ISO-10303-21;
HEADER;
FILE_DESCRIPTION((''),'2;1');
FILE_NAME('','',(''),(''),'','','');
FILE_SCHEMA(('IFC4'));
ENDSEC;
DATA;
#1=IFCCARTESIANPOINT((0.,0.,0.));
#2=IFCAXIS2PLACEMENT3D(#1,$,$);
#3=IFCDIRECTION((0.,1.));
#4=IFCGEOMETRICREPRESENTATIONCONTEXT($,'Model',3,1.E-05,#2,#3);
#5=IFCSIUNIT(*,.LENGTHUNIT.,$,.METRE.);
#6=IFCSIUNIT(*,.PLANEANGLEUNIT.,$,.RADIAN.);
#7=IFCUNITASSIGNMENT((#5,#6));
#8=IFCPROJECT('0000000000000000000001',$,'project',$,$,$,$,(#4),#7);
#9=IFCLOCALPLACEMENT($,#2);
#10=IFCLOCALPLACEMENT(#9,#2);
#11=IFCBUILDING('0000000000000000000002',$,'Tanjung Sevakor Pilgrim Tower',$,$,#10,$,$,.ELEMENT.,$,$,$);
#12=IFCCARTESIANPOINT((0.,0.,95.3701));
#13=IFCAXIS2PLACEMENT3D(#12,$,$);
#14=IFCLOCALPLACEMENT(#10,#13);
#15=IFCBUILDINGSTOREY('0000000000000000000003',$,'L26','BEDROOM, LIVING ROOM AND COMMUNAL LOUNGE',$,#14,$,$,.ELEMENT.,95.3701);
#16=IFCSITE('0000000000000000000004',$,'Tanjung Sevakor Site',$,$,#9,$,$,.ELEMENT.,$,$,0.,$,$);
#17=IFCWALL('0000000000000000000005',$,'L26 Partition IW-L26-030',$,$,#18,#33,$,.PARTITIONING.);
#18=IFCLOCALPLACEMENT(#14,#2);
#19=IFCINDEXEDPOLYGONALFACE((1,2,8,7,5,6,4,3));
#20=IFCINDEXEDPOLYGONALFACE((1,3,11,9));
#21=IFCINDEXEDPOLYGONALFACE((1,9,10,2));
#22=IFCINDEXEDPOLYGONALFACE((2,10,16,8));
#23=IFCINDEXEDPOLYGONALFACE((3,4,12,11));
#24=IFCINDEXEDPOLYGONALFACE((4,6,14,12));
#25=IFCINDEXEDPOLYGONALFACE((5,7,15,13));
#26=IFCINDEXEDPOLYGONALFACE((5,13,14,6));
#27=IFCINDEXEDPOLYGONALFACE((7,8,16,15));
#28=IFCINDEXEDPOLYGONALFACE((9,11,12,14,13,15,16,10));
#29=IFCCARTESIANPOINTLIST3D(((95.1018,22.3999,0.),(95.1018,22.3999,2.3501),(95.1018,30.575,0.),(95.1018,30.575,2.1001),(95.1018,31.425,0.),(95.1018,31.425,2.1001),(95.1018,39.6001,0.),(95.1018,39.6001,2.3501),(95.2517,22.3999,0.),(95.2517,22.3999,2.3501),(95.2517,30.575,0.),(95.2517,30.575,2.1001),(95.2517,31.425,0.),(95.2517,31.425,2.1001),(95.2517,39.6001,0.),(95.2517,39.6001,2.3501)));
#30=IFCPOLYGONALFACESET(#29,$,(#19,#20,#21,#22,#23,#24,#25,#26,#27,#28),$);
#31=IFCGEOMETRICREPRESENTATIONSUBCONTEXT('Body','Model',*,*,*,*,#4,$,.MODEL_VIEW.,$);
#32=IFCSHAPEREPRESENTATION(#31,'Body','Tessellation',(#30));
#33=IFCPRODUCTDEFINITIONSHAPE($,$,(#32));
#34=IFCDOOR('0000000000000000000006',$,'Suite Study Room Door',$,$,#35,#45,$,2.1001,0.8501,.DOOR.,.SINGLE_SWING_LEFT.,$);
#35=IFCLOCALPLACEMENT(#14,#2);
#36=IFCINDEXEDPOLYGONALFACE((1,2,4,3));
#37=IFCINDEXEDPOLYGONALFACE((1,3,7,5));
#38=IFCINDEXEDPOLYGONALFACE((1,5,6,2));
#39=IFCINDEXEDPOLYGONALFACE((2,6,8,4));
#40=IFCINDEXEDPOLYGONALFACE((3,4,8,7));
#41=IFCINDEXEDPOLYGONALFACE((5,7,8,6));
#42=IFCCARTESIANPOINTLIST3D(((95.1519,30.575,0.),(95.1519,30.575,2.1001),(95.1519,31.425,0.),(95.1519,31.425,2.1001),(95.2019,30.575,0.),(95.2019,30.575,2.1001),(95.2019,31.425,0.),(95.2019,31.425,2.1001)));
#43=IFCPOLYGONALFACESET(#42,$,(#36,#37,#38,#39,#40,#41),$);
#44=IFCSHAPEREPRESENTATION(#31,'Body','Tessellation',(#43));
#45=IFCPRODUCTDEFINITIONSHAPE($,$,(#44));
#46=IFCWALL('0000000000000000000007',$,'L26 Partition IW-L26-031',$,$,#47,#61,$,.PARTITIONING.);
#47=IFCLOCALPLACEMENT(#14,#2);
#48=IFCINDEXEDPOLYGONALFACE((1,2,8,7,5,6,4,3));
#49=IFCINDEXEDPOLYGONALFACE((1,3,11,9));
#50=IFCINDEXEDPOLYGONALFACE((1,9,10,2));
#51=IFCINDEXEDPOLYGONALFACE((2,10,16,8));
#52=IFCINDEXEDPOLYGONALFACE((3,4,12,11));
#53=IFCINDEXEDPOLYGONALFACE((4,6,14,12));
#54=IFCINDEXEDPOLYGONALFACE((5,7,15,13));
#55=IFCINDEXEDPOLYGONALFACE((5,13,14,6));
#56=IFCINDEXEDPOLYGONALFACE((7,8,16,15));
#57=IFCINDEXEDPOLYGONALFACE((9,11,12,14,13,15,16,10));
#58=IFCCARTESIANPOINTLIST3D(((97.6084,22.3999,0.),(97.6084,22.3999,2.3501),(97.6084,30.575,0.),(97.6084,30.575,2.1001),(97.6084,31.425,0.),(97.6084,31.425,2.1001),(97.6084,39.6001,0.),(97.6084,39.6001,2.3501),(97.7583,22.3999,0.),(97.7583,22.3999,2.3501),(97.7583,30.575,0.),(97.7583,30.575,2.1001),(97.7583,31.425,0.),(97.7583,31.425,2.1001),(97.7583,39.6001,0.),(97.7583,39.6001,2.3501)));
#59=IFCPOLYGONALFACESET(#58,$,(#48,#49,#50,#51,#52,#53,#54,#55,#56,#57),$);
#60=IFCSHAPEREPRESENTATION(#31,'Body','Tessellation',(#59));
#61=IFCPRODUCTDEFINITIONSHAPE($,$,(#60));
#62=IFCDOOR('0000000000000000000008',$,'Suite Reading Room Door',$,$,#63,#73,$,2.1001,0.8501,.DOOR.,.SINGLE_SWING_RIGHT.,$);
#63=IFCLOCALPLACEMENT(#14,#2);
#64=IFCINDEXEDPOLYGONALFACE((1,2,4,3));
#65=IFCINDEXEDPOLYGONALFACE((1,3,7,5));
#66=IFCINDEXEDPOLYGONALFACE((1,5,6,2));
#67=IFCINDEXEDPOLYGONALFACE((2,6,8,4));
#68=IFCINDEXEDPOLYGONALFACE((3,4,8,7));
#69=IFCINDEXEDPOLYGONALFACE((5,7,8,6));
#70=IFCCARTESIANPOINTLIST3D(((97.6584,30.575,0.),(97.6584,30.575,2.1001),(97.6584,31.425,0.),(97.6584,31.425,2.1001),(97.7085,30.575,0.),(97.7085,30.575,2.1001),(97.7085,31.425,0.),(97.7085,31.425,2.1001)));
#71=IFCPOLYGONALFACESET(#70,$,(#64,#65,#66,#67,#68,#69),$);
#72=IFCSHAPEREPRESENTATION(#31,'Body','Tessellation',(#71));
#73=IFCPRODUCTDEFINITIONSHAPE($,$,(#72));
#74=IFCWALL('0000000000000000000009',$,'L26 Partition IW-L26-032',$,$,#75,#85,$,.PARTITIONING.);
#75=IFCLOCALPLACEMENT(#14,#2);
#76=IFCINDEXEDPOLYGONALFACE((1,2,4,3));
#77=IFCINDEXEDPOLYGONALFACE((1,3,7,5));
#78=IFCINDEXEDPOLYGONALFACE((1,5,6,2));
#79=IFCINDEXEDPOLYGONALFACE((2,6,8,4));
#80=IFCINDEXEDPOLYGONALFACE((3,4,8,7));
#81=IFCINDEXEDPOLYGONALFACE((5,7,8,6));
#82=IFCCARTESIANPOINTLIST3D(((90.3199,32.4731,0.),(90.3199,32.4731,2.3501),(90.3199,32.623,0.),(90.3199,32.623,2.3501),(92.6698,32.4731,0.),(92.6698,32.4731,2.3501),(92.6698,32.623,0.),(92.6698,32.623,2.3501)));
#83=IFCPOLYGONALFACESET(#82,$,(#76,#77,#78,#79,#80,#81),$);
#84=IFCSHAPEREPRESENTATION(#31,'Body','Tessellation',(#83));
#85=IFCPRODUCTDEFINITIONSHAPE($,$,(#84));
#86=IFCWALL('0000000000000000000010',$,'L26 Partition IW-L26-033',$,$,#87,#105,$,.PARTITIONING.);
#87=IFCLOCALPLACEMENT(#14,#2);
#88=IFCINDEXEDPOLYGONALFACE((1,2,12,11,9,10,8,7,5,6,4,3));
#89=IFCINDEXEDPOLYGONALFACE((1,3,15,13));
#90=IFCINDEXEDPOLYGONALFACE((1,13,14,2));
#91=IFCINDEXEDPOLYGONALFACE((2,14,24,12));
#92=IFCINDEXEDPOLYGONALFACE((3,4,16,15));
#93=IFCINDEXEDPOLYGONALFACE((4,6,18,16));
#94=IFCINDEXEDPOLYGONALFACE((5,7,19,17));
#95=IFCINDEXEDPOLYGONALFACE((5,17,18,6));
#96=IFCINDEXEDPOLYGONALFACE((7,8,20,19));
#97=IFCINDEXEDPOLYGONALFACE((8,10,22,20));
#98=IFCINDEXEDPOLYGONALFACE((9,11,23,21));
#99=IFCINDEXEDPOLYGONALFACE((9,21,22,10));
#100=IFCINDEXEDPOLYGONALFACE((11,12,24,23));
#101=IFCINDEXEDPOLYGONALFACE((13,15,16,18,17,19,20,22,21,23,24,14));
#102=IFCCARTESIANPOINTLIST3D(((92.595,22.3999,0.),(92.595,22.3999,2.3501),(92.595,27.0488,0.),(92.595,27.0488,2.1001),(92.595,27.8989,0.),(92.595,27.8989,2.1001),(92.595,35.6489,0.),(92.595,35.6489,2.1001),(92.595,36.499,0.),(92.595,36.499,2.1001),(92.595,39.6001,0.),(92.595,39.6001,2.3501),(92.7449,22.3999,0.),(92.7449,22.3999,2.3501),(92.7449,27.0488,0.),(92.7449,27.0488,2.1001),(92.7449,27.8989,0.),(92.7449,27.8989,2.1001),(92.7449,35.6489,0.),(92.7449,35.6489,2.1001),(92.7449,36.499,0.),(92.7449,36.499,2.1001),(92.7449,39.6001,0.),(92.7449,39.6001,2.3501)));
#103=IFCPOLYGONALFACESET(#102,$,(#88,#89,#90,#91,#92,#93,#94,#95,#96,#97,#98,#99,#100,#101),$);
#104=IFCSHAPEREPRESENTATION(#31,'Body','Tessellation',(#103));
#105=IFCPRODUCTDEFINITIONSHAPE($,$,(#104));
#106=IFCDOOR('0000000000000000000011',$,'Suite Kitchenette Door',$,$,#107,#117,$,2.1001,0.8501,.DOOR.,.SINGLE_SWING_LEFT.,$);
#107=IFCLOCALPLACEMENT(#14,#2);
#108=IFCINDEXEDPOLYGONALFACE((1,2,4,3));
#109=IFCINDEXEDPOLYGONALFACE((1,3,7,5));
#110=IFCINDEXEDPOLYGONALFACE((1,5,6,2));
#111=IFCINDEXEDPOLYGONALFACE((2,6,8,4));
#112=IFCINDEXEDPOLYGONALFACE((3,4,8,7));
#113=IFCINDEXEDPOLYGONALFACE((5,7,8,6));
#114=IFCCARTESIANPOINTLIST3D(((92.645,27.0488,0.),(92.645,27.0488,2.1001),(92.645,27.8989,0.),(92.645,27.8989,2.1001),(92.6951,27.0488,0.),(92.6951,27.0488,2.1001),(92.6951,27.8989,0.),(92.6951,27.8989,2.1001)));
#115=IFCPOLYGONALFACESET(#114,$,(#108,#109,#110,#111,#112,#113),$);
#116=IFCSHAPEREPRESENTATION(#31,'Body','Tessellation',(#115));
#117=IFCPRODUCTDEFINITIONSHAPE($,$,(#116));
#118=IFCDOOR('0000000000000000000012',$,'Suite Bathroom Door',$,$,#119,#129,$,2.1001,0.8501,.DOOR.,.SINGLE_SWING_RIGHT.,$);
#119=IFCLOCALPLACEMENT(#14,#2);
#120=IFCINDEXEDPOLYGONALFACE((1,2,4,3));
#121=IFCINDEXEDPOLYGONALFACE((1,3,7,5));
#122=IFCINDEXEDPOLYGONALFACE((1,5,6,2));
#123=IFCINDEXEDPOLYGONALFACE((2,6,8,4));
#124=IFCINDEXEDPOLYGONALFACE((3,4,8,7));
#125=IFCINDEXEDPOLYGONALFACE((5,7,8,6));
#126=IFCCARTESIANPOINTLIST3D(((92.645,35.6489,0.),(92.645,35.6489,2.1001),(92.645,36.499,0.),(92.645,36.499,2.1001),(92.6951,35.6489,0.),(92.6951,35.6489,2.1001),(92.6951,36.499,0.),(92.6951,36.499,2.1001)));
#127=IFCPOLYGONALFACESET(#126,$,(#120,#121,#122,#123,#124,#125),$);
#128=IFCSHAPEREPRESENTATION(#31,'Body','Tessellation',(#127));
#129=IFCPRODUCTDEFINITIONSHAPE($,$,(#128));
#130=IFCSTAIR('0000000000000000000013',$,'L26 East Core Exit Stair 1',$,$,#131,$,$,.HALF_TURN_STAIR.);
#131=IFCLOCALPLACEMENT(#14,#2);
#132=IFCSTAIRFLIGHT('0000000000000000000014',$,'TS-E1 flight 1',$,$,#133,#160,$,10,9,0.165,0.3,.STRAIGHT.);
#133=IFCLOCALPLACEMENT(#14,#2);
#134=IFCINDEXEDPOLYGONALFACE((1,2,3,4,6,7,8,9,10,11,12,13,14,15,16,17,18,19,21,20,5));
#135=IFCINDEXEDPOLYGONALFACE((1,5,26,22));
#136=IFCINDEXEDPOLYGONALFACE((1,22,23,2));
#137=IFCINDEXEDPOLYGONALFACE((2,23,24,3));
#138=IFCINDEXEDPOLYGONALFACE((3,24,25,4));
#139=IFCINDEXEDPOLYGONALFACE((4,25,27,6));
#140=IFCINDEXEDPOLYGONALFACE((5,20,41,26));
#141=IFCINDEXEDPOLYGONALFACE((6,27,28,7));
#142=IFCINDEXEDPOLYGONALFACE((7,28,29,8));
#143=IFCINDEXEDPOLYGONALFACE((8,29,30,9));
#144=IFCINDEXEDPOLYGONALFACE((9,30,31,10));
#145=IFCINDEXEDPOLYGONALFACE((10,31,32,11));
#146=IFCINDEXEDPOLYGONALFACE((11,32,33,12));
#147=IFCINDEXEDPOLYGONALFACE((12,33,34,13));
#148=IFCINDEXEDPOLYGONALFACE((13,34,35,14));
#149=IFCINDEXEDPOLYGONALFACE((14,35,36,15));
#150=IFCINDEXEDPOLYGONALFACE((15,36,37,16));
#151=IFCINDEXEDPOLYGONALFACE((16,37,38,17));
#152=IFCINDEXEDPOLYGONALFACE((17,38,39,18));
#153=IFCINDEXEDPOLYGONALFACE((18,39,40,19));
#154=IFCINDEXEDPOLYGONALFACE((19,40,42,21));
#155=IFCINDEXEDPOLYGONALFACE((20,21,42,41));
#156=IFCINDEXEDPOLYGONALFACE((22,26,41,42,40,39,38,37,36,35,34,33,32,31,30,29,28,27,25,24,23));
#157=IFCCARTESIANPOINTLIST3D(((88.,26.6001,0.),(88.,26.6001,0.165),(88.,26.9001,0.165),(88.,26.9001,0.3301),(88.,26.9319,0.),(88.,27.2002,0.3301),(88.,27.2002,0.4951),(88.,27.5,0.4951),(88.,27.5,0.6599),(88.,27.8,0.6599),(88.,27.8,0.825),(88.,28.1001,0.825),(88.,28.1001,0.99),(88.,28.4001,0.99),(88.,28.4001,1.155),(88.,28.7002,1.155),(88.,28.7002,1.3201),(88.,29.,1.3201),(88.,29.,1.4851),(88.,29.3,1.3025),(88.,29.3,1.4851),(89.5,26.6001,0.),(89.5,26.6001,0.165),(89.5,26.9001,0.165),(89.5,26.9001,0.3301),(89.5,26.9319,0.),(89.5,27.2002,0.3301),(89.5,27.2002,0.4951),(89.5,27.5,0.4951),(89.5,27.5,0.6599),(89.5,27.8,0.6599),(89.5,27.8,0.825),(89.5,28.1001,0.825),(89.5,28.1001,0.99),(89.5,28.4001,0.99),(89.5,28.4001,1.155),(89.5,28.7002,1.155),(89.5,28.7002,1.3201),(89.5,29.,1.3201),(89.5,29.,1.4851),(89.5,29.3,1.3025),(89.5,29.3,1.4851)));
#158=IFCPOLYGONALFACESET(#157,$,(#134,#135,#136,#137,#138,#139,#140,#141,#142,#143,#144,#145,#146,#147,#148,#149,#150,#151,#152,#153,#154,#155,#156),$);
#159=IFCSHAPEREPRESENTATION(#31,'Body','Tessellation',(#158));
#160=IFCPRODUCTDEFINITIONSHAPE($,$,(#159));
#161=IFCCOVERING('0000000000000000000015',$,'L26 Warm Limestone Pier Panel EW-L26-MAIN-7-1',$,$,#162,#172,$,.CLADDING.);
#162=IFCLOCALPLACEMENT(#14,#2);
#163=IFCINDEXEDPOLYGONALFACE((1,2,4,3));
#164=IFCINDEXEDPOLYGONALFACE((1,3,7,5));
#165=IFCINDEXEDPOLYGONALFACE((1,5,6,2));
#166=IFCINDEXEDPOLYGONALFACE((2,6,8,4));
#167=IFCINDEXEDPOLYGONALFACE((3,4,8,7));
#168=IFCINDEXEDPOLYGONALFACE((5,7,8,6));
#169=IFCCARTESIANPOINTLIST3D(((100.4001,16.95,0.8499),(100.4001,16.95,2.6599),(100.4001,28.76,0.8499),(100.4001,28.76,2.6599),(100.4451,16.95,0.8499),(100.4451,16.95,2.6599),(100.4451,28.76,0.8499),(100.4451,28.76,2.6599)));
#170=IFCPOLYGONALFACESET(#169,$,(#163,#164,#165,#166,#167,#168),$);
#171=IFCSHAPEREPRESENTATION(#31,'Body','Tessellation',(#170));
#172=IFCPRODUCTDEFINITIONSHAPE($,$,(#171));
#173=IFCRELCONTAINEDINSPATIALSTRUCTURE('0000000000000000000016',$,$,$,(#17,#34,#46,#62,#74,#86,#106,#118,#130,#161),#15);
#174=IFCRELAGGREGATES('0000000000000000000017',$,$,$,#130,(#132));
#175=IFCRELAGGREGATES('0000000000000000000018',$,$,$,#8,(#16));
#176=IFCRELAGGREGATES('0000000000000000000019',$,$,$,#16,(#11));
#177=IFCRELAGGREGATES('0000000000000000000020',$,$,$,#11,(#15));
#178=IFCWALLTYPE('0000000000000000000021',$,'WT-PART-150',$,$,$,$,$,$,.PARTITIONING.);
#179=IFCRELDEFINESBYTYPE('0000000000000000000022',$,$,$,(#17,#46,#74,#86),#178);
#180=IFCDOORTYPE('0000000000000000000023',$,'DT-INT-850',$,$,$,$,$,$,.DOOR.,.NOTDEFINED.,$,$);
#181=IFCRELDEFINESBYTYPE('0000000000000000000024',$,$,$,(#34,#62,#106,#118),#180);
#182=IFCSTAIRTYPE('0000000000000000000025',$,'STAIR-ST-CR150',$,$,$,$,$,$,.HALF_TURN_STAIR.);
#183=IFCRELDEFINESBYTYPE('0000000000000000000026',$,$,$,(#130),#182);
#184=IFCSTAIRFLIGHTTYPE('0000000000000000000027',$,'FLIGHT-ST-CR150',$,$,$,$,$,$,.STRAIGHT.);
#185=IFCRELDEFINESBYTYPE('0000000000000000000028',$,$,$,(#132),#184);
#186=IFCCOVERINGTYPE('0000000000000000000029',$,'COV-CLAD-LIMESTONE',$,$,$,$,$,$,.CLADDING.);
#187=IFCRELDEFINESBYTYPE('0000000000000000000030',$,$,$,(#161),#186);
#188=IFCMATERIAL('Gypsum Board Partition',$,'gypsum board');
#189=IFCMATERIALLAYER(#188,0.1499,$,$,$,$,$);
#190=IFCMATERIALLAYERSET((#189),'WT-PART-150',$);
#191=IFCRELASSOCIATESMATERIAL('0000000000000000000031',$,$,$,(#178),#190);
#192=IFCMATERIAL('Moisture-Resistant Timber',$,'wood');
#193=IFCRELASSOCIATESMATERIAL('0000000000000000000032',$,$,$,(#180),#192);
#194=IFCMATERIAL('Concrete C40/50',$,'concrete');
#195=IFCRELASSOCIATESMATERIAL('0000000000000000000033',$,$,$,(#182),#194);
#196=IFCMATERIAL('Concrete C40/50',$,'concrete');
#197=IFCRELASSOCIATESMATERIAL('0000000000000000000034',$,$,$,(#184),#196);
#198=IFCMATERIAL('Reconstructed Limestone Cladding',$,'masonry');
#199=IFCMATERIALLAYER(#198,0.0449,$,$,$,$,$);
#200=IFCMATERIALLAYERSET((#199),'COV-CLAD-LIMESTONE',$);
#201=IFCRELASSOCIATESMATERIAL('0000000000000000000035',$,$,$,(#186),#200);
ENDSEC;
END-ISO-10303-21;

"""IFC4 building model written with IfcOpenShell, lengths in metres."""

from ifc_helpers import new_model, si_unit, direction, frame, frame_2d, origin, origin_2d, place, context, subcontext, project, spatial, polyline, rectangle, outline, extrude, material, layer, layer_set, type_object, element, fill, aggregate, save


model = new_model("IFC4")

# Units and contexts
model_context = context("Model", 3, precision=1e-05, world=origin(), true_north=direction((0.0, 1.0)))
body_context = subcontext(model_context, "Body", "Model", "MODEL_VIEW")
ifc_project = project(units=[si_unit("LENGTHUNIT", "METRE"), si_unit("PLANEANGLEUNIT", "RADIAN")], contexts=[model_context])

# Site, building, storey
site_placement = place(None, origin())
site = spatial("IfcSite", under=ifc_project, at=site_placement, Name="Tanjung Sevakor Site", CompositionType="ELEMENT", RefElevation=0.0)
building_placement = place(site_placement, origin())
building = spatial("IfcBuilding", under=site, at=building_placement, Name="Tanjung Sevakor Pilgrim Tower", CompositionType="ELEMENT")
storey_placement = place(building_placement, frame((0.0, 0.0, 95.3701)))
storey = spatial("IfcBuildingStorey", under=building, at=storey_placement, Name="L26", Description="BEDROOM, LIVING ROOM AND COMMUNAL LOUNGE", CompositionType="ELEMENT", Elevation=95.3701)

# Walls, openings, doors
ifc_material_1 = material(Name="Gypsum Board Partition", Category="gypsum board")
ifc_layer_1 = layer(ifc_material_1, 0.1499)
ifc_layer_set_1 = layer_set([ifc_layer_1], Name="WT-PART-150")
wall_type_1 = type_object("IfcWallType", Name="WT-PART-150", PredefinedType="PARTITIONING", material=ifc_layer_set_1)
wall_1_placement = place(storey_placement, frame((95.1768, 22.3999, 0.0), z_axis=(0.0, 0.0, 1.0), x_axis=(0.0, 1.0, 0.0)))
wall_1 = element("IfcWall", 1, at=wall_1_placement, inside=storey, type_object=wall_type_1, Name="L26 Partition IW-L26-030", PredefinedType="PARTITIONING", context=body_context, shape_type="SweptSolid", body=[
    extrude(rectangle(XDim=17.2002, YDim=0.1499, at=frame_2d((8.6001, 0.0))), origin(), (0.0, 0.0, 1.0), 2.3501),
])
opening_1_placement = place(wall_1_placement, frame((8.175, 0.0, 0.0)))
opening_1 = element("IfcOpeningElement", 2, at=opening_1_placement, cuts=wall_1, PredefinedType="OPENING", context=body_context, shape_type="SweptSolid", body=[
    extrude(rectangle(XDim=0.8501, YDim=2.1001, at=frame_2d((0.425, 1.05))), frame((0.0, 0.085, 0.0), z_axis=(0.0, -1.0, 0.0), x_axis=(1.0, 0.0, 0.0)), (0.0, 0.0, 1.0), 0.1699),
])
ifc_material_2 = material(Name="Moisture-Resistant Timber", Category="wood")
door_type_1 = type_object("IfcDoorType", Name="DT-INT-850", OperationType="NOTDEFINED", PredefinedType="DOOR", material=ifc_material_2)
door_1_placement = place(opening_1_placement, origin())
door_1 = element("IfcDoor", 3, at=door_1_placement, inside=storey, type_object=door_type_1, Name="Suite Study Room Door", OperationType="SINGLE_SWING_LEFT", OverallHeight=2.1001, OverallWidth=0.8501, PredefinedType="DOOR", context=body_context, shape_type="SweptSolid", body=[
    extrude(rectangle(XDim=0.8501, YDim=2.1001, at=frame_2d((0.425, 1.05))), frame((0.0, 0.0249, 0.0), z_axis=(0.0, -1.0, 0.0), x_axis=(1.0, 0.0, 0.0)), (0.0, 0.0, 1.0), 0.05),
])
fill(opening_1, door_1)
wall_2_placement = place(storey_placement, frame((97.6833, 22.3999, 0.0), z_axis=(0.0, 0.0, 1.0), x_axis=(0.0, 1.0, 0.0)))
wall_2 = element("IfcWall", 4, at=wall_2_placement, inside=storey, type_object=wall_type_1, Name="L26 Partition IW-L26-031", PredefinedType="PARTITIONING", context=body_context, shape_type="SweptSolid", body=[
    extrude(rectangle(XDim=17.2002, YDim=0.1499, at=frame_2d((8.6001, 0.0))), origin(), (0.0, 0.0, 1.0), 2.3501),
])
opening_2_placement = place(wall_2_placement, frame((8.175, 0.0, 0.0)))
opening_2 = element("IfcOpeningElement", 5, at=opening_2_placement, cuts=wall_2, PredefinedType="OPENING", context=body_context, shape_type="SweptSolid", body=[
    extrude(rectangle(XDim=0.8501, YDim=2.1001, at=frame_2d((0.425, 1.05))), frame((0.0, 0.085, 0.0), z_axis=(0.0, -1.0, 0.0), x_axis=(1.0, 0.0, 0.0)), (0.0, 0.0, 1.0), 0.1699),
])
door_2_placement = place(opening_2_placement, origin())
door_2 = element("IfcDoor", 6, at=door_2_placement, inside=storey, type_object=door_type_1, Name="Suite Reading Room Door", OperationType="SINGLE_SWING_RIGHT", OverallHeight=2.1001, OverallWidth=0.8501, PredefinedType="DOOR", context=body_context, shape_type="SweptSolid", body=[
    extrude(rectangle(XDim=0.8501, YDim=2.1001, at=frame_2d((0.425, 1.05))), frame((0.0, 0.0249, 0.0), z_axis=(0.0, -1.0, 0.0), x_axis=(1.0, 0.0, 0.0)), (0.0, 0.0, 1.0), 0.05),
])
fill(opening_2, door_2)

# Wall
wall_3_placement = place(storey_placement, frame((90.3201, 32.5481, 0.0), z_axis=(0.0, 0.0, 1.0), x_axis=(1.0, 0.0, 0.0)))
element("IfcWall", 7, at=wall_3_placement, inside=storey, type_object=wall_type_1, Name="L26 Partition IW-L26-032", PredefinedType="PARTITIONING", context=body_context, shape_type="SweptSolid", body=[
    extrude(rectangle(XDim=2.3499, YDim=0.1499, at=frame_2d((1.1748, 0.0))), origin(), (0.0, 0.0, 1.0), 2.3501),
])

# Wall, openings, doors
wall_4_placement = place(storey_placement, frame((92.6699, 22.3999, 0.0), z_axis=(0.0, 0.0, 1.0), x_axis=(0.0, 1.0, 0.0)))
wall_4 = element("IfcWall", 8, at=wall_4_placement, inside=storey, type_object=wall_type_1, Name="L26 Partition IW-L26-033", PredefinedType="PARTITIONING", context=body_context, shape_type="SweptSolid", body=[
    extrude(rectangle(XDim=17.2002, YDim=0.1499, at=frame_2d((8.6001, 0.0))), origin(), (0.0, 0.0, 1.0), 2.3501),
])
opening_3_placement = place(wall_4_placement, frame((4.6489, 0.0, 0.0)))
opening_3 = element("IfcOpeningElement", 9, at=opening_3_placement, cuts=wall_4, PredefinedType="OPENING", context=body_context, shape_type="SweptSolid", body=[
    extrude(rectangle(XDim=0.8501, YDim=2.1001, at=frame_2d((0.425, 1.05))), frame((0.0, 0.085, 0.0), z_axis=(0.0, -1.0, 0.0), x_axis=(1.0, 0.0, 0.0)), (0.0, 0.0, 1.0), 0.1699),
])
opening_4_placement = place(wall_4_placement, frame((13.249, 0.0, 0.0)))
opening_4 = element("IfcOpeningElement", 10, at=opening_4_placement, cuts=wall_4, PredefinedType="OPENING", context=body_context, shape_type="SweptSolid", body=[
    extrude(rectangle(XDim=0.8501, YDim=2.1001, at=frame_2d((0.425, 1.05))), frame((0.0, 0.085, 0.0), z_axis=(0.0, -1.0, 0.0), x_axis=(1.0, 0.0, 0.0)), (0.0, 0.0, 1.0), 0.1699),
])
door_3_placement = place(opening_3_placement, origin())
door_3 = element("IfcDoor", 11, at=door_3_placement, inside=storey, type_object=door_type_1, Name="Suite Kitchenette Door", OperationType="SINGLE_SWING_LEFT", OverallHeight=2.1001, OverallWidth=0.8501, PredefinedType="DOOR", context=body_context, shape_type="SweptSolid", body=[
    extrude(rectangle(XDim=0.8501, YDim=2.1001, at=frame_2d((0.425, 1.05))), frame((0.0, 0.0249, 0.0), z_axis=(0.0, -1.0, 0.0), x_axis=(1.0, 0.0, 0.0)), (0.0, 0.0, 1.0), 0.05),
])
fill(opening_3, door_3)
door_4_placement = place(opening_4_placement, origin())
door_4 = element("IfcDoor", 12, at=door_4_placement, inside=storey, type_object=door_type_1, Name="Suite Bathroom Door", OperationType="SINGLE_SWING_RIGHT", OverallHeight=2.1001, OverallWidth=0.8501, PredefinedType="DOOR", context=body_context, shape_type="SweptSolid", body=[
    extrude(rectangle(XDim=0.8501, YDim=2.1001, at=frame_2d((0.425, 1.05))), frame((0.0, 0.0249, 0.0), z_axis=(0.0, -1.0, 0.0), x_axis=(1.0, 0.0, 0.0)), (0.0, 0.0, 1.0), 0.05),
])
fill(opening_4, door_4)

# Stair, stair flight
ifc_material_3 = material(Name="Concrete C40/50", Category="concrete")
stair_type = type_object("IfcStairType", Name="STAIR-ST-CR150", PredefinedType="HALF_TURN_STAIR", material=ifc_material_3)
stair_placement = place(storey_placement, origin())
stair = element("IfcStair", 13, at=stair_placement, inside=storey, type_object=stair_type, Name="L26 East Core Exit Stair 1", PredefinedType="HALF_TURN_STAIR")
ifc_material_4 = material(Name="Concrete C40/50", Category="concrete")
stair_flight_type = type_object("IfcStairFlightType", Name="FLIGHT-ST-CR150", PredefinedType="STRAIGHT", material=ifc_material_4)
stair_flight_placement = place(storey_placement, frame((88.75, 26.6001, 0.0), z_axis=(0.0, 0.0, 1.0), x_axis=(0.0, 1.0, 0.0)))
stair_flight = element("IfcStairFlight", 14, at=stair_flight_placement, type_object=stair_flight_type, Name="TS-E1 flight 1", NumberOfRisers=10, NumberOfTreads=9, PredefinedType="STRAIGHT", RiserHeight=0.165, TreadLength=0.3, context=body_context, shape_type="SweptSolid", body=[
    extrude(outline(polyline([(0.0, 0.0), (0.0, 0.165), (0.3, 0.165), (0.3, 0.3301), (0.6001, 0.3301), (0.6001, 0.4951), (0.8999, 0.4951), (0.8999, 0.6599), (1.2, 0.6599), (1.2, 0.825), (1.5, 0.825), (1.5, 0.99), (1.8, 0.99), (1.8, 1.155), (2.1001, 1.155), (2.1001, 1.3201), (2.3999, 1.3201), (2.3999, 1.4851), (2.7, 1.4851), (2.7, 1.6499), (2.7, 1.3025), (0.3318, 0.0), (0.0, 0.0)])), frame((0.0, 0.75, 0.0), z_axis=(0.0, -1.0, 0.0), x_axis=(1.0, 0.0, 0.0)), (0.0, 0.0, 1.0), 1.5),
])
aggregate(stair, [stair_flight])

# Covering
ifc_material_5 = material(Name="Reconstructed Limestone Cladding", Category="masonry")
ifc_layer_2 = layer(ifc_material_5, 0.0449)
ifc_layer_set_2 = layer_set([ifc_layer_2], Name="COV-CLAD-LIMESTONE")
covering_type = type_object("IfcCoveringType", Name="COV-CLAD-LIMESTONE", PredefinedType="CLADDING", material=ifc_layer_set_2)
covering_placement = place(storey_placement, frame((100.4226, 22.855, 0.8499), z_axis=(0.0, 0.0, 1.0), x_axis=(0.0, 1.0, 0.0)))
element("IfcCovering", 15, at=covering_placement, inside=storey, type_object=covering_type, Name="L26 Warm Limestone Pier Panel EW-L26-MAIN-7-1", PredefinedType="CLADDING", context=body_context, shape_type="SweptSolid", body=[
    extrude(rectangle(XDim=11.8101, YDim=0.0449, at=origin_2d()), origin(), (0.0, 0.0, 1.0), 1.8101),
])

save(model, "model.ifc")
